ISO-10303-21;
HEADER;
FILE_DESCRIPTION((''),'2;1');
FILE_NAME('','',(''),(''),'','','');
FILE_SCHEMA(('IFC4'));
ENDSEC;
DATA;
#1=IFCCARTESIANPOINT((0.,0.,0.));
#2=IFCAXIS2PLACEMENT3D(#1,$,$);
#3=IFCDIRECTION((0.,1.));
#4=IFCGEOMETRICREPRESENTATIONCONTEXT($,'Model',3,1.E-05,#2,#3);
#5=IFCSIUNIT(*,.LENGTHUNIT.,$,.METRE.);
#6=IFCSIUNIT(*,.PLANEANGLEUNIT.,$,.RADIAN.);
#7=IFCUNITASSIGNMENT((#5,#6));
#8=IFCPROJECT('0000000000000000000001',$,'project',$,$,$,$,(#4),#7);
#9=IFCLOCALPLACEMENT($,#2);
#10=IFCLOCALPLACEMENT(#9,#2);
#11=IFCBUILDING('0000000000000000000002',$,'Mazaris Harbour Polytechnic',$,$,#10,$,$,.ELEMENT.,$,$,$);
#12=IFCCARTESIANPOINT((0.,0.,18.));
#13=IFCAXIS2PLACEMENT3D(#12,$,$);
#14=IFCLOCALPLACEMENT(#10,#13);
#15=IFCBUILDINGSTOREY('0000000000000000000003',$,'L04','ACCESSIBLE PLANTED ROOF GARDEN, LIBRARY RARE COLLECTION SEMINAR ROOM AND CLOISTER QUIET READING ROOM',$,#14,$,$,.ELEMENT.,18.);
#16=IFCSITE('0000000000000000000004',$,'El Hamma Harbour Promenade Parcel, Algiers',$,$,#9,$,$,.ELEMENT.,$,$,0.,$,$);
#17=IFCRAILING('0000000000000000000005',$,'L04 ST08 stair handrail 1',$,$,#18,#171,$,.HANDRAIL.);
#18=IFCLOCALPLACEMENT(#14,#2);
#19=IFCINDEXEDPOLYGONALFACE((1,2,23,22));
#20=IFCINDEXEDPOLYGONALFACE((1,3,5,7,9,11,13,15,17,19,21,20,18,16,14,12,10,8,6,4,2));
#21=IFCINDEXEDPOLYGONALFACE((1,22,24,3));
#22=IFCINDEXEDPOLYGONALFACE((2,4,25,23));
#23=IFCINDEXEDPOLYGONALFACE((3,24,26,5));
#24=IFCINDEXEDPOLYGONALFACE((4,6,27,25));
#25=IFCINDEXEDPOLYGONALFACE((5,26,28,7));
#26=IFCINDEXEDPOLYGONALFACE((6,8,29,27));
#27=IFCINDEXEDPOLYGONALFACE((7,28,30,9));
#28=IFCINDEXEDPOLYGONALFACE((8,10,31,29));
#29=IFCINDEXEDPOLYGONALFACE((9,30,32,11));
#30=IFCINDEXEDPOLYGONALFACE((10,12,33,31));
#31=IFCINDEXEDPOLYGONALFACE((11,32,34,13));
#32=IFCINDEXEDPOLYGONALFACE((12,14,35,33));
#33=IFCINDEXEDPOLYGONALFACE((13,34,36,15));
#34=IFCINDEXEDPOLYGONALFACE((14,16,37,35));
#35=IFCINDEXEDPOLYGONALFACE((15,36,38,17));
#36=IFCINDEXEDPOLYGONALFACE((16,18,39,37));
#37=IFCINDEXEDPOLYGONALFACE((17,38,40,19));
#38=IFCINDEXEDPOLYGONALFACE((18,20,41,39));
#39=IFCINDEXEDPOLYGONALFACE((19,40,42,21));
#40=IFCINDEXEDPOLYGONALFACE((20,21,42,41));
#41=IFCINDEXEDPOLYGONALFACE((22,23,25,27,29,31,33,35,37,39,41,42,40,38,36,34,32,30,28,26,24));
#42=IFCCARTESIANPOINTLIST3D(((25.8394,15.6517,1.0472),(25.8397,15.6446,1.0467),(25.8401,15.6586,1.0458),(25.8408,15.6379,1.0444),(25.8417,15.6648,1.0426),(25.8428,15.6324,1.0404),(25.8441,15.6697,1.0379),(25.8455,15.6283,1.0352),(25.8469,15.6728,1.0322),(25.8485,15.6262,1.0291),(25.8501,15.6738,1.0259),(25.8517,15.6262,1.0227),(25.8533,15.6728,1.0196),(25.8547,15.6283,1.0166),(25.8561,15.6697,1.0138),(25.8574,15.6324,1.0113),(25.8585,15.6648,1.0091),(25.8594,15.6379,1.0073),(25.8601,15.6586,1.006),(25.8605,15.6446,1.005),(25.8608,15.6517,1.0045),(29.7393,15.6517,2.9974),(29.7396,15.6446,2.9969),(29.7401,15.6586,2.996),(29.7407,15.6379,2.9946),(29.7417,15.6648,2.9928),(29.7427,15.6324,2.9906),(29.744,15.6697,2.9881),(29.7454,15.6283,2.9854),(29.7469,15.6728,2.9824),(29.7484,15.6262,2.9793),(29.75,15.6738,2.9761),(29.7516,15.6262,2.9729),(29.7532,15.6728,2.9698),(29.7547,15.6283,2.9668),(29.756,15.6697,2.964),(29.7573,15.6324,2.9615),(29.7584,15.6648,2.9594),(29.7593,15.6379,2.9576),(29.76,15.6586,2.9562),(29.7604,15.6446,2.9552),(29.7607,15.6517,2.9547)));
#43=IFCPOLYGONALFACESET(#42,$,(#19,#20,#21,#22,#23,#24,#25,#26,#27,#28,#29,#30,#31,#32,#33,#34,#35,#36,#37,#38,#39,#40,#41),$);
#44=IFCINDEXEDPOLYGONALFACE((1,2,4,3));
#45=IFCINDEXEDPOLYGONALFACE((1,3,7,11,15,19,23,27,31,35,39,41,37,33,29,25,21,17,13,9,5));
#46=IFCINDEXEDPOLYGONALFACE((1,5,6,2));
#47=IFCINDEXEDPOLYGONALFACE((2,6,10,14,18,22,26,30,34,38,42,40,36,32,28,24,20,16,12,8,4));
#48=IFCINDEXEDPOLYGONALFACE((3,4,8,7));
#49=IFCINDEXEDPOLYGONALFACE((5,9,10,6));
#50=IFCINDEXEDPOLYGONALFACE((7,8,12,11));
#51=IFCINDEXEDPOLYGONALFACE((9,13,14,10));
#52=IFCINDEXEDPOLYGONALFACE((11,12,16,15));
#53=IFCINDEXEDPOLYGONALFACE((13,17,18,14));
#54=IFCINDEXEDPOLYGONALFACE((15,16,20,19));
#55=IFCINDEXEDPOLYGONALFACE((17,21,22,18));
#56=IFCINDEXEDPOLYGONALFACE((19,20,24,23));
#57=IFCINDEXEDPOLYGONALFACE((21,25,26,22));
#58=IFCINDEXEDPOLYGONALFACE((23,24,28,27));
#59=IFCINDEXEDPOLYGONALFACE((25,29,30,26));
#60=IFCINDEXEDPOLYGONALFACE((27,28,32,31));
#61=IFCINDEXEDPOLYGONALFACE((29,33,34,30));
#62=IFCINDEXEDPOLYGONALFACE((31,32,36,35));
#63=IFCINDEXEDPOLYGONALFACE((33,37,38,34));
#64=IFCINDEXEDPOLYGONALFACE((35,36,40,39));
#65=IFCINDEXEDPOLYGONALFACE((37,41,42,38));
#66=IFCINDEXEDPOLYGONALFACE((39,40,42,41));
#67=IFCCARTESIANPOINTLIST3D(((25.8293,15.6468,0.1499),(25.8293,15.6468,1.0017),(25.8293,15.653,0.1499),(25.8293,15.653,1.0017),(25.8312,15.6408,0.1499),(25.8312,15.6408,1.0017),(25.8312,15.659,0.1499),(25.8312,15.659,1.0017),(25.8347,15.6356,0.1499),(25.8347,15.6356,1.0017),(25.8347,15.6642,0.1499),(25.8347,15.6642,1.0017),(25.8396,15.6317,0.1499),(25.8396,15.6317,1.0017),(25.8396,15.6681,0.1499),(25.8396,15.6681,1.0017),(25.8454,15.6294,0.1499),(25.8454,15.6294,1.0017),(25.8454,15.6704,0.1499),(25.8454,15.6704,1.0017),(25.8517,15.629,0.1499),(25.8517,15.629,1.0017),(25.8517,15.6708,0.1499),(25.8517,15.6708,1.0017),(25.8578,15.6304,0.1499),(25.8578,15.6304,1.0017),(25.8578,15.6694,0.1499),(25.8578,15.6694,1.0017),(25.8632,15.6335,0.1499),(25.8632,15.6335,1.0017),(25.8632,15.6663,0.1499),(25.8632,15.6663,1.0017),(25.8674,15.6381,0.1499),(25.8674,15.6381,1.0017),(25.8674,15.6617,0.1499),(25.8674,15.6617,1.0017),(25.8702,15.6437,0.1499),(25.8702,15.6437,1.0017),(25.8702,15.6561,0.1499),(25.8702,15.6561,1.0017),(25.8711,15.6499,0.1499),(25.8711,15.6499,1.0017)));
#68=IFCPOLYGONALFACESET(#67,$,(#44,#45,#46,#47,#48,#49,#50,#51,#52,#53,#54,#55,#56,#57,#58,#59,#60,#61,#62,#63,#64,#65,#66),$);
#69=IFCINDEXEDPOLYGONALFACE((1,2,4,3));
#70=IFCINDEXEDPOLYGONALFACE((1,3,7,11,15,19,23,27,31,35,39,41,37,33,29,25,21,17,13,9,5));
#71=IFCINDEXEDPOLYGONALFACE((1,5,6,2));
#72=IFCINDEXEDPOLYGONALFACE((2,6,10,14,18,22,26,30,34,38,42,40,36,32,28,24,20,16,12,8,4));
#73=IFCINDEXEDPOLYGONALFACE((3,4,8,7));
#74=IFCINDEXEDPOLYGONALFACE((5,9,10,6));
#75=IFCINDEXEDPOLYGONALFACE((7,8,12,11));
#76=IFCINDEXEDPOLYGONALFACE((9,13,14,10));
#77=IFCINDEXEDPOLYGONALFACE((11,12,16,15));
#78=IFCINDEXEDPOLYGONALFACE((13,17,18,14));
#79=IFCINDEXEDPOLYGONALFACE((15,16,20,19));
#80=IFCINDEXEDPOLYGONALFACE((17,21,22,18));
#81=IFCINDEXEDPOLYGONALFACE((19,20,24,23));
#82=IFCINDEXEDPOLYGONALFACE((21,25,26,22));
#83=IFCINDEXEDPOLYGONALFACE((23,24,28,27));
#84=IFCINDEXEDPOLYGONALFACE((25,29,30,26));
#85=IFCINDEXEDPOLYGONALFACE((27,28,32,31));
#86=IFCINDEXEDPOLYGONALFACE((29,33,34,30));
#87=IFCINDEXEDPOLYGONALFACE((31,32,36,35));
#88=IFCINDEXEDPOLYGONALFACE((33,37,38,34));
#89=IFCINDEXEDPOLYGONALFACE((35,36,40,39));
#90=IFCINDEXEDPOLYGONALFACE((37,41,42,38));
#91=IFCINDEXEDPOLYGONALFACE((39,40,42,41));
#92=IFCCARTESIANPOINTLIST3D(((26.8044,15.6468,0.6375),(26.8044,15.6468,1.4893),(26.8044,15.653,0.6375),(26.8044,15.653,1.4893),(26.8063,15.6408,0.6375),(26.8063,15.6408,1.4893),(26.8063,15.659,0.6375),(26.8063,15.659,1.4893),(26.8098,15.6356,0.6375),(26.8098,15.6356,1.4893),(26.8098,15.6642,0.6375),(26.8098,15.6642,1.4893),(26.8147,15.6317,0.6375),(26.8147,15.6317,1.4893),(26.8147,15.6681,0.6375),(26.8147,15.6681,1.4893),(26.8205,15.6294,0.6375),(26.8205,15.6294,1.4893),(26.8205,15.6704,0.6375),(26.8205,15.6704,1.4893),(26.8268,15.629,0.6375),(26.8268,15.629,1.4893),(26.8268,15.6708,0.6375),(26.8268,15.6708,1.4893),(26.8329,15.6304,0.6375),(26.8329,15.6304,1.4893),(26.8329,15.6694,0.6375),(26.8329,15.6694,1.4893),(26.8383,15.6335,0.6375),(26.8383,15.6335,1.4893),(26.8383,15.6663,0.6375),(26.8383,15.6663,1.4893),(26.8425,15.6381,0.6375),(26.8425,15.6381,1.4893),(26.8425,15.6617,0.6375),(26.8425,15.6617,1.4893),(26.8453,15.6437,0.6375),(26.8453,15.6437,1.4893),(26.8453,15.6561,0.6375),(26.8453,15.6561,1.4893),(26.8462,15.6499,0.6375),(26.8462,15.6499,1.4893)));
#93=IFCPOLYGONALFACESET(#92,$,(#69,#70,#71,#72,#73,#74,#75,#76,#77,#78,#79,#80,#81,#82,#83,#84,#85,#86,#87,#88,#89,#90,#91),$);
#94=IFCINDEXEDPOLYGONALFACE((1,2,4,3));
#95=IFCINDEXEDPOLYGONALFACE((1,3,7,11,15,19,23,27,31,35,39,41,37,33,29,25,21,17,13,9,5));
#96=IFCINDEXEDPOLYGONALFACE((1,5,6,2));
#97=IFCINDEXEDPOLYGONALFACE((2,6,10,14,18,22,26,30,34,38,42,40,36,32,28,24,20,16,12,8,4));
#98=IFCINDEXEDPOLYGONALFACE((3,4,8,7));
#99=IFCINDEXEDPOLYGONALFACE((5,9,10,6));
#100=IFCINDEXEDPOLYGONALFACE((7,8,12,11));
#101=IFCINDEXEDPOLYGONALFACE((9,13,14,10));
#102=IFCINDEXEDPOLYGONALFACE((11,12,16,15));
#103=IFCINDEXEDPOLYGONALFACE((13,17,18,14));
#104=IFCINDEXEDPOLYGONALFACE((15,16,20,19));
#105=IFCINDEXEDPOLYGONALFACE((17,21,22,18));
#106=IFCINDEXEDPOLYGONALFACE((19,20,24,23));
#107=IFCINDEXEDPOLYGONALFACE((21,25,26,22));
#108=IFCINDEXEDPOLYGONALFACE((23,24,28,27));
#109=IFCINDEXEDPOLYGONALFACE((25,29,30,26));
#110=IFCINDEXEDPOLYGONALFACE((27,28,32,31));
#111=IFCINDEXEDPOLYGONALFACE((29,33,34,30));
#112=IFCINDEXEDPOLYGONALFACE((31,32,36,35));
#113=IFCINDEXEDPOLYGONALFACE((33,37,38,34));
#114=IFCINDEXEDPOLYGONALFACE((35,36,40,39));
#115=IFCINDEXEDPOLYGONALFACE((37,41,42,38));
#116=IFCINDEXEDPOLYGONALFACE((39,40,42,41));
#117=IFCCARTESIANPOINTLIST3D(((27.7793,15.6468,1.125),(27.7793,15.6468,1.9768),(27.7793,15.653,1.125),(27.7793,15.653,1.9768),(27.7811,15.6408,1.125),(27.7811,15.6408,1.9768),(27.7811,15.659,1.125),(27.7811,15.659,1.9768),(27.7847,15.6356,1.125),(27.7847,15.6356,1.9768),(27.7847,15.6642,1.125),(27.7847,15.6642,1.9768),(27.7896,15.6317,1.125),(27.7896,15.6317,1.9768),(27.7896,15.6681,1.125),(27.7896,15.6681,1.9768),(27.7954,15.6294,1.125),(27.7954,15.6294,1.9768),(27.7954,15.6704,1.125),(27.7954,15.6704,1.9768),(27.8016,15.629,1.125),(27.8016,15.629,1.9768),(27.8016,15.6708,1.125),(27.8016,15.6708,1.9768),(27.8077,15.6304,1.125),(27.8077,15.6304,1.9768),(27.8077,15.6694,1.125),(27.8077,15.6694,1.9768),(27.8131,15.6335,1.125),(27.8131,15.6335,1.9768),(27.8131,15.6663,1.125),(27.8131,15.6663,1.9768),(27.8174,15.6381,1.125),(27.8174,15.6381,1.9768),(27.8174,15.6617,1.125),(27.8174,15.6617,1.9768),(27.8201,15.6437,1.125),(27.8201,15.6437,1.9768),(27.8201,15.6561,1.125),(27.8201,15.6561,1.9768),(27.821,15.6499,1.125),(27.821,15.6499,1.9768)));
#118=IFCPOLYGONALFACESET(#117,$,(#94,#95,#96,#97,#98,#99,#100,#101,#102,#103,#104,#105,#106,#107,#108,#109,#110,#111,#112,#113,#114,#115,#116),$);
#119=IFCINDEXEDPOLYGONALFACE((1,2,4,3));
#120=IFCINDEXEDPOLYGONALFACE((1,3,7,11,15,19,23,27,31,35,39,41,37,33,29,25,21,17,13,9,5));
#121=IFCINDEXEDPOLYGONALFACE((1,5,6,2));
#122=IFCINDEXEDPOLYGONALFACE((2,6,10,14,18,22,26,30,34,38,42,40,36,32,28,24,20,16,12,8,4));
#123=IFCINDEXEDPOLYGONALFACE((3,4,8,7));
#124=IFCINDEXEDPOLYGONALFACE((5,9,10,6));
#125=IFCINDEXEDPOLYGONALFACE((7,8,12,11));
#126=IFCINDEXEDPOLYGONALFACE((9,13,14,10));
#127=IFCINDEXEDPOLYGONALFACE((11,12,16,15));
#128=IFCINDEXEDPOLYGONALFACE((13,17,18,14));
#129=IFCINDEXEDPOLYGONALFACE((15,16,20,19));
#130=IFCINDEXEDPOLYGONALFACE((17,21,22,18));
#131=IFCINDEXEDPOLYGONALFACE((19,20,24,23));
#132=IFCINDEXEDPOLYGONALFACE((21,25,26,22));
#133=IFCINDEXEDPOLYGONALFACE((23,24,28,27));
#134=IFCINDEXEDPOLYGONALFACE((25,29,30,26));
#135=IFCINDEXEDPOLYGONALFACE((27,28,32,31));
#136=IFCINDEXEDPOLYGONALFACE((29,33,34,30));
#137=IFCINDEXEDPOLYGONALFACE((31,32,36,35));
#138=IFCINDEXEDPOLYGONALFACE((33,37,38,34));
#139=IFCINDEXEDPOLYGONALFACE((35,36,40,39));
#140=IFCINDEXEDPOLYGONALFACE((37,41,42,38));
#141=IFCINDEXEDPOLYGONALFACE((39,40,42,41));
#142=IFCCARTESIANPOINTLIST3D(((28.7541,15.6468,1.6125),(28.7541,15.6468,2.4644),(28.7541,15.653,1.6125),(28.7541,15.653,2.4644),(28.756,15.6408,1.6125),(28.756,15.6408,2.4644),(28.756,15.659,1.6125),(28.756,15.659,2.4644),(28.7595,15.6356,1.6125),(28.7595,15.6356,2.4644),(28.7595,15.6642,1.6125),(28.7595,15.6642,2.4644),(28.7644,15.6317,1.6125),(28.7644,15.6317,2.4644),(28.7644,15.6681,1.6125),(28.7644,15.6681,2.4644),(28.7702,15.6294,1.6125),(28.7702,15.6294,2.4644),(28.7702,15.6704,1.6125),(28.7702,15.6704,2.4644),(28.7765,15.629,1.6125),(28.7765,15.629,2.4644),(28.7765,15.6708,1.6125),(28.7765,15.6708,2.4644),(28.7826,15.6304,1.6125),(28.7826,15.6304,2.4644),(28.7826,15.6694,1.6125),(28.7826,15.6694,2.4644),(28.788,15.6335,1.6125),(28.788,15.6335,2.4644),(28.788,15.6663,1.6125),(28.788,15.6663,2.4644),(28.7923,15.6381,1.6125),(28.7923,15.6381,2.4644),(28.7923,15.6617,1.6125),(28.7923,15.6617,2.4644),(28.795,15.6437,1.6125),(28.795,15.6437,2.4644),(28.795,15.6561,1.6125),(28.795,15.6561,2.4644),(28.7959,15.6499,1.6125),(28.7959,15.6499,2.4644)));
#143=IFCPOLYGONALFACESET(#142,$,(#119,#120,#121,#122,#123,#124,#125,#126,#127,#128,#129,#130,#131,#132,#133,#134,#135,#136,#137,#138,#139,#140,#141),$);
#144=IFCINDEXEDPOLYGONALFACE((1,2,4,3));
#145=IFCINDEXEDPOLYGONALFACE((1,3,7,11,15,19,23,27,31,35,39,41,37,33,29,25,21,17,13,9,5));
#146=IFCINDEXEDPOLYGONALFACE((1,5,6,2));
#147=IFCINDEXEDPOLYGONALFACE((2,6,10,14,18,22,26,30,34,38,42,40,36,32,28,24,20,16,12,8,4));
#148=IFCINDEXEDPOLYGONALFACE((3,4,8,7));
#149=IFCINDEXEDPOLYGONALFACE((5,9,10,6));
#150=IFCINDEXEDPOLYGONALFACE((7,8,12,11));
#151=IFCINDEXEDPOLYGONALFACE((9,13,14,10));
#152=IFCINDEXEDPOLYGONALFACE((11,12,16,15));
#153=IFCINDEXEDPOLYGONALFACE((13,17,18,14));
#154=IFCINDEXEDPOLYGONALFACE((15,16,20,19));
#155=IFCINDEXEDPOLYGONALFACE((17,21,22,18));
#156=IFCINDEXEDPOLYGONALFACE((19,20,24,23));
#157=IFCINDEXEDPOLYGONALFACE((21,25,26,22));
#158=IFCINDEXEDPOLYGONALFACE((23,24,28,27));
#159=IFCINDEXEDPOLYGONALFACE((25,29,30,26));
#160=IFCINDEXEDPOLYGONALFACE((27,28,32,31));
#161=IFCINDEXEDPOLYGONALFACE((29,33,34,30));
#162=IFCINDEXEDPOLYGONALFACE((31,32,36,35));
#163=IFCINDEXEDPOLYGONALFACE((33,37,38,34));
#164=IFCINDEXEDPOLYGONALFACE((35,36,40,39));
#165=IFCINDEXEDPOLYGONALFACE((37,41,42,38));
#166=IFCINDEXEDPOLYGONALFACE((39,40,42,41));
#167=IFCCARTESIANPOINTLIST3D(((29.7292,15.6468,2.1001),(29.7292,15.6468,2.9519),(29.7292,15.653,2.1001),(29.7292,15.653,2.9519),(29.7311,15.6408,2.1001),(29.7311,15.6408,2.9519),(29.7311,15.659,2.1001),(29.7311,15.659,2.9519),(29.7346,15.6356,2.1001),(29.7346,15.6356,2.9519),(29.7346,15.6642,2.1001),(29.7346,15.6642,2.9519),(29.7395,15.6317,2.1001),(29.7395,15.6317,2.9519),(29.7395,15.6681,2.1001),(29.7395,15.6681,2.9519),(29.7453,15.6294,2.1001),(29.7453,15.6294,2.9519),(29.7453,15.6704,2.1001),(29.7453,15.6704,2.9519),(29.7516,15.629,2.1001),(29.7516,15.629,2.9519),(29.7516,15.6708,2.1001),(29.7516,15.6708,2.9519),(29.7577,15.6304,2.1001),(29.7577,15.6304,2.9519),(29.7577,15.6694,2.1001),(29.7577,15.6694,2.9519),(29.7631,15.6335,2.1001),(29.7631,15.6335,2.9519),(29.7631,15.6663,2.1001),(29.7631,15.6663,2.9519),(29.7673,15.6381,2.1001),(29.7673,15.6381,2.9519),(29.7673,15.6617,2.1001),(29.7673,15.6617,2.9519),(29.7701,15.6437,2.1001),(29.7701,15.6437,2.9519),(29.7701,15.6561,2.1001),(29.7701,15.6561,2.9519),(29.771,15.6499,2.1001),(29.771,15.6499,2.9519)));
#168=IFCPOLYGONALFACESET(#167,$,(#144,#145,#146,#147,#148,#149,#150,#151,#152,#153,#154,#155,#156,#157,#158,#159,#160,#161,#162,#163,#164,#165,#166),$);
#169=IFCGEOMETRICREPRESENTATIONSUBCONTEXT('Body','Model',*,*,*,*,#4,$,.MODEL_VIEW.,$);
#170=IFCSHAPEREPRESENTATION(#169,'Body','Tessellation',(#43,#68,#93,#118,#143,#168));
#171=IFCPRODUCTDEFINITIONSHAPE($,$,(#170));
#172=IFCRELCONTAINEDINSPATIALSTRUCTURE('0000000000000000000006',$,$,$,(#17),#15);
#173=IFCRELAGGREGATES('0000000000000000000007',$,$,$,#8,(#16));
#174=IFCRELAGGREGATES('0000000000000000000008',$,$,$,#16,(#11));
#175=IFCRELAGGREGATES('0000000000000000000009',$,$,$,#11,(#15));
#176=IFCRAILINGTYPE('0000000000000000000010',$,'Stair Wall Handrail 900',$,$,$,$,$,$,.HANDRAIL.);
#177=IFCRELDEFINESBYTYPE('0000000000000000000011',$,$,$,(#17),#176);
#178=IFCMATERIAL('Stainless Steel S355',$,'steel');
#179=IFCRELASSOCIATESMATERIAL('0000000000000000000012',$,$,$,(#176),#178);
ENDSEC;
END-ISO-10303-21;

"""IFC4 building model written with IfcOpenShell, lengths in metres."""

from ifc_helpers import new_model, si_unit, direction, frame, origin, origin_2d, place, context, subcontext, project, spatial, circle, extrude, material, type_object, element, save


model = new_model("IFC4")

# Units and contexts
model_context = context("Model", 3, precision=1e-05, world=origin(), true_north=direction((0.0, 1.0)))
body_context = subcontext(model_context, "Body", "Model", "MODEL_VIEW")
ifc_project = project(units=[si_unit("LENGTHUNIT", "METRE"), si_unit("PLANEANGLEUNIT", "RADIAN")], contexts=[model_context])

# Site, building, storey
site_placement = place(None, origin())
site = spatial("IfcSite", under=ifc_project, at=site_placement, Name="El Hamma Harbour Promenade Parcel, Algiers", CompositionType="ELEMENT", RefElevation=0.0)
building_placement = place(site_placement, origin())
building = spatial("IfcBuilding", under=site, at=building_placement, Name="Mazaris Harbour Polytechnic", CompositionType="ELEMENT")
storey_placement = place(building_placement, frame((0.0, 0.0, 18.0)))
storey = spatial("IfcBuildingStorey", under=building, at=storey_placement, Name="L04", Description="ACCESSIBLE PLANTED ROOF GARDEN, LIBRARY RARE COLLECTION SEMINAR ROOM AND CLOISTER QUIET READING ROOM", CompositionType="ELEMENT", Elevation=18.0)

# Railing
ifc_material_1 = material(Name="Stainless Steel S355", Category="steel")
railing_type_1 = type_object("IfcRailingType", Name="Stair Wall Handrail 900", PredefinedType="HANDRAIL", material=ifc_material_1)
railing_1_placement = place(storey_placement, frame((25.8501, 15.6499, 0.1499)))
element("IfcRailing", 1, at=railing_1_placement, inside=storey, type_object=railing_type_1, Name="L04 ST08 stair handrail 1", PredefinedType="HANDRAIL", context=body_context, shape_type="SweptSolid", body=[
    extrude(circle(Radius=0.0239, at=origin_2d()), frame((0.0, 0.0, 0.876), z_axis=(0.894405, 0.0, 0.447258), x_axis=(0.0, 1.0, 0.0)), (0.0, 0.0, 1.0), 4.3604),
    extrude(circle(Radius=0.021, at=origin_2d()), origin(), (0.0, 0.0, 1.0), 0.8518),
    extrude(circle(Radius=0.021, at=origin_2d()), frame((0.9751, 0.0, 0.4875)), (0.0, 0.0, 1.0), 0.8518),
    extrude(circle(Radius=0.021, at=origin_2d()), frame((1.95, 0.0, 0.9751)), (0.0, 0.0, 1.0), 0.8518),
    extrude(circle(Radius=0.021, at=origin_2d()), frame((2.9248, 0.0, 1.4626)), (0.0, 0.0, 1.0), 0.8518),
    extrude(circle(Radius=0.021, at=origin_2d()), frame((3.8999, 0.0, 1.9502)), (0.0, 0.0, 1.0), 0.8518),
])

save(model, "model.ifc")
